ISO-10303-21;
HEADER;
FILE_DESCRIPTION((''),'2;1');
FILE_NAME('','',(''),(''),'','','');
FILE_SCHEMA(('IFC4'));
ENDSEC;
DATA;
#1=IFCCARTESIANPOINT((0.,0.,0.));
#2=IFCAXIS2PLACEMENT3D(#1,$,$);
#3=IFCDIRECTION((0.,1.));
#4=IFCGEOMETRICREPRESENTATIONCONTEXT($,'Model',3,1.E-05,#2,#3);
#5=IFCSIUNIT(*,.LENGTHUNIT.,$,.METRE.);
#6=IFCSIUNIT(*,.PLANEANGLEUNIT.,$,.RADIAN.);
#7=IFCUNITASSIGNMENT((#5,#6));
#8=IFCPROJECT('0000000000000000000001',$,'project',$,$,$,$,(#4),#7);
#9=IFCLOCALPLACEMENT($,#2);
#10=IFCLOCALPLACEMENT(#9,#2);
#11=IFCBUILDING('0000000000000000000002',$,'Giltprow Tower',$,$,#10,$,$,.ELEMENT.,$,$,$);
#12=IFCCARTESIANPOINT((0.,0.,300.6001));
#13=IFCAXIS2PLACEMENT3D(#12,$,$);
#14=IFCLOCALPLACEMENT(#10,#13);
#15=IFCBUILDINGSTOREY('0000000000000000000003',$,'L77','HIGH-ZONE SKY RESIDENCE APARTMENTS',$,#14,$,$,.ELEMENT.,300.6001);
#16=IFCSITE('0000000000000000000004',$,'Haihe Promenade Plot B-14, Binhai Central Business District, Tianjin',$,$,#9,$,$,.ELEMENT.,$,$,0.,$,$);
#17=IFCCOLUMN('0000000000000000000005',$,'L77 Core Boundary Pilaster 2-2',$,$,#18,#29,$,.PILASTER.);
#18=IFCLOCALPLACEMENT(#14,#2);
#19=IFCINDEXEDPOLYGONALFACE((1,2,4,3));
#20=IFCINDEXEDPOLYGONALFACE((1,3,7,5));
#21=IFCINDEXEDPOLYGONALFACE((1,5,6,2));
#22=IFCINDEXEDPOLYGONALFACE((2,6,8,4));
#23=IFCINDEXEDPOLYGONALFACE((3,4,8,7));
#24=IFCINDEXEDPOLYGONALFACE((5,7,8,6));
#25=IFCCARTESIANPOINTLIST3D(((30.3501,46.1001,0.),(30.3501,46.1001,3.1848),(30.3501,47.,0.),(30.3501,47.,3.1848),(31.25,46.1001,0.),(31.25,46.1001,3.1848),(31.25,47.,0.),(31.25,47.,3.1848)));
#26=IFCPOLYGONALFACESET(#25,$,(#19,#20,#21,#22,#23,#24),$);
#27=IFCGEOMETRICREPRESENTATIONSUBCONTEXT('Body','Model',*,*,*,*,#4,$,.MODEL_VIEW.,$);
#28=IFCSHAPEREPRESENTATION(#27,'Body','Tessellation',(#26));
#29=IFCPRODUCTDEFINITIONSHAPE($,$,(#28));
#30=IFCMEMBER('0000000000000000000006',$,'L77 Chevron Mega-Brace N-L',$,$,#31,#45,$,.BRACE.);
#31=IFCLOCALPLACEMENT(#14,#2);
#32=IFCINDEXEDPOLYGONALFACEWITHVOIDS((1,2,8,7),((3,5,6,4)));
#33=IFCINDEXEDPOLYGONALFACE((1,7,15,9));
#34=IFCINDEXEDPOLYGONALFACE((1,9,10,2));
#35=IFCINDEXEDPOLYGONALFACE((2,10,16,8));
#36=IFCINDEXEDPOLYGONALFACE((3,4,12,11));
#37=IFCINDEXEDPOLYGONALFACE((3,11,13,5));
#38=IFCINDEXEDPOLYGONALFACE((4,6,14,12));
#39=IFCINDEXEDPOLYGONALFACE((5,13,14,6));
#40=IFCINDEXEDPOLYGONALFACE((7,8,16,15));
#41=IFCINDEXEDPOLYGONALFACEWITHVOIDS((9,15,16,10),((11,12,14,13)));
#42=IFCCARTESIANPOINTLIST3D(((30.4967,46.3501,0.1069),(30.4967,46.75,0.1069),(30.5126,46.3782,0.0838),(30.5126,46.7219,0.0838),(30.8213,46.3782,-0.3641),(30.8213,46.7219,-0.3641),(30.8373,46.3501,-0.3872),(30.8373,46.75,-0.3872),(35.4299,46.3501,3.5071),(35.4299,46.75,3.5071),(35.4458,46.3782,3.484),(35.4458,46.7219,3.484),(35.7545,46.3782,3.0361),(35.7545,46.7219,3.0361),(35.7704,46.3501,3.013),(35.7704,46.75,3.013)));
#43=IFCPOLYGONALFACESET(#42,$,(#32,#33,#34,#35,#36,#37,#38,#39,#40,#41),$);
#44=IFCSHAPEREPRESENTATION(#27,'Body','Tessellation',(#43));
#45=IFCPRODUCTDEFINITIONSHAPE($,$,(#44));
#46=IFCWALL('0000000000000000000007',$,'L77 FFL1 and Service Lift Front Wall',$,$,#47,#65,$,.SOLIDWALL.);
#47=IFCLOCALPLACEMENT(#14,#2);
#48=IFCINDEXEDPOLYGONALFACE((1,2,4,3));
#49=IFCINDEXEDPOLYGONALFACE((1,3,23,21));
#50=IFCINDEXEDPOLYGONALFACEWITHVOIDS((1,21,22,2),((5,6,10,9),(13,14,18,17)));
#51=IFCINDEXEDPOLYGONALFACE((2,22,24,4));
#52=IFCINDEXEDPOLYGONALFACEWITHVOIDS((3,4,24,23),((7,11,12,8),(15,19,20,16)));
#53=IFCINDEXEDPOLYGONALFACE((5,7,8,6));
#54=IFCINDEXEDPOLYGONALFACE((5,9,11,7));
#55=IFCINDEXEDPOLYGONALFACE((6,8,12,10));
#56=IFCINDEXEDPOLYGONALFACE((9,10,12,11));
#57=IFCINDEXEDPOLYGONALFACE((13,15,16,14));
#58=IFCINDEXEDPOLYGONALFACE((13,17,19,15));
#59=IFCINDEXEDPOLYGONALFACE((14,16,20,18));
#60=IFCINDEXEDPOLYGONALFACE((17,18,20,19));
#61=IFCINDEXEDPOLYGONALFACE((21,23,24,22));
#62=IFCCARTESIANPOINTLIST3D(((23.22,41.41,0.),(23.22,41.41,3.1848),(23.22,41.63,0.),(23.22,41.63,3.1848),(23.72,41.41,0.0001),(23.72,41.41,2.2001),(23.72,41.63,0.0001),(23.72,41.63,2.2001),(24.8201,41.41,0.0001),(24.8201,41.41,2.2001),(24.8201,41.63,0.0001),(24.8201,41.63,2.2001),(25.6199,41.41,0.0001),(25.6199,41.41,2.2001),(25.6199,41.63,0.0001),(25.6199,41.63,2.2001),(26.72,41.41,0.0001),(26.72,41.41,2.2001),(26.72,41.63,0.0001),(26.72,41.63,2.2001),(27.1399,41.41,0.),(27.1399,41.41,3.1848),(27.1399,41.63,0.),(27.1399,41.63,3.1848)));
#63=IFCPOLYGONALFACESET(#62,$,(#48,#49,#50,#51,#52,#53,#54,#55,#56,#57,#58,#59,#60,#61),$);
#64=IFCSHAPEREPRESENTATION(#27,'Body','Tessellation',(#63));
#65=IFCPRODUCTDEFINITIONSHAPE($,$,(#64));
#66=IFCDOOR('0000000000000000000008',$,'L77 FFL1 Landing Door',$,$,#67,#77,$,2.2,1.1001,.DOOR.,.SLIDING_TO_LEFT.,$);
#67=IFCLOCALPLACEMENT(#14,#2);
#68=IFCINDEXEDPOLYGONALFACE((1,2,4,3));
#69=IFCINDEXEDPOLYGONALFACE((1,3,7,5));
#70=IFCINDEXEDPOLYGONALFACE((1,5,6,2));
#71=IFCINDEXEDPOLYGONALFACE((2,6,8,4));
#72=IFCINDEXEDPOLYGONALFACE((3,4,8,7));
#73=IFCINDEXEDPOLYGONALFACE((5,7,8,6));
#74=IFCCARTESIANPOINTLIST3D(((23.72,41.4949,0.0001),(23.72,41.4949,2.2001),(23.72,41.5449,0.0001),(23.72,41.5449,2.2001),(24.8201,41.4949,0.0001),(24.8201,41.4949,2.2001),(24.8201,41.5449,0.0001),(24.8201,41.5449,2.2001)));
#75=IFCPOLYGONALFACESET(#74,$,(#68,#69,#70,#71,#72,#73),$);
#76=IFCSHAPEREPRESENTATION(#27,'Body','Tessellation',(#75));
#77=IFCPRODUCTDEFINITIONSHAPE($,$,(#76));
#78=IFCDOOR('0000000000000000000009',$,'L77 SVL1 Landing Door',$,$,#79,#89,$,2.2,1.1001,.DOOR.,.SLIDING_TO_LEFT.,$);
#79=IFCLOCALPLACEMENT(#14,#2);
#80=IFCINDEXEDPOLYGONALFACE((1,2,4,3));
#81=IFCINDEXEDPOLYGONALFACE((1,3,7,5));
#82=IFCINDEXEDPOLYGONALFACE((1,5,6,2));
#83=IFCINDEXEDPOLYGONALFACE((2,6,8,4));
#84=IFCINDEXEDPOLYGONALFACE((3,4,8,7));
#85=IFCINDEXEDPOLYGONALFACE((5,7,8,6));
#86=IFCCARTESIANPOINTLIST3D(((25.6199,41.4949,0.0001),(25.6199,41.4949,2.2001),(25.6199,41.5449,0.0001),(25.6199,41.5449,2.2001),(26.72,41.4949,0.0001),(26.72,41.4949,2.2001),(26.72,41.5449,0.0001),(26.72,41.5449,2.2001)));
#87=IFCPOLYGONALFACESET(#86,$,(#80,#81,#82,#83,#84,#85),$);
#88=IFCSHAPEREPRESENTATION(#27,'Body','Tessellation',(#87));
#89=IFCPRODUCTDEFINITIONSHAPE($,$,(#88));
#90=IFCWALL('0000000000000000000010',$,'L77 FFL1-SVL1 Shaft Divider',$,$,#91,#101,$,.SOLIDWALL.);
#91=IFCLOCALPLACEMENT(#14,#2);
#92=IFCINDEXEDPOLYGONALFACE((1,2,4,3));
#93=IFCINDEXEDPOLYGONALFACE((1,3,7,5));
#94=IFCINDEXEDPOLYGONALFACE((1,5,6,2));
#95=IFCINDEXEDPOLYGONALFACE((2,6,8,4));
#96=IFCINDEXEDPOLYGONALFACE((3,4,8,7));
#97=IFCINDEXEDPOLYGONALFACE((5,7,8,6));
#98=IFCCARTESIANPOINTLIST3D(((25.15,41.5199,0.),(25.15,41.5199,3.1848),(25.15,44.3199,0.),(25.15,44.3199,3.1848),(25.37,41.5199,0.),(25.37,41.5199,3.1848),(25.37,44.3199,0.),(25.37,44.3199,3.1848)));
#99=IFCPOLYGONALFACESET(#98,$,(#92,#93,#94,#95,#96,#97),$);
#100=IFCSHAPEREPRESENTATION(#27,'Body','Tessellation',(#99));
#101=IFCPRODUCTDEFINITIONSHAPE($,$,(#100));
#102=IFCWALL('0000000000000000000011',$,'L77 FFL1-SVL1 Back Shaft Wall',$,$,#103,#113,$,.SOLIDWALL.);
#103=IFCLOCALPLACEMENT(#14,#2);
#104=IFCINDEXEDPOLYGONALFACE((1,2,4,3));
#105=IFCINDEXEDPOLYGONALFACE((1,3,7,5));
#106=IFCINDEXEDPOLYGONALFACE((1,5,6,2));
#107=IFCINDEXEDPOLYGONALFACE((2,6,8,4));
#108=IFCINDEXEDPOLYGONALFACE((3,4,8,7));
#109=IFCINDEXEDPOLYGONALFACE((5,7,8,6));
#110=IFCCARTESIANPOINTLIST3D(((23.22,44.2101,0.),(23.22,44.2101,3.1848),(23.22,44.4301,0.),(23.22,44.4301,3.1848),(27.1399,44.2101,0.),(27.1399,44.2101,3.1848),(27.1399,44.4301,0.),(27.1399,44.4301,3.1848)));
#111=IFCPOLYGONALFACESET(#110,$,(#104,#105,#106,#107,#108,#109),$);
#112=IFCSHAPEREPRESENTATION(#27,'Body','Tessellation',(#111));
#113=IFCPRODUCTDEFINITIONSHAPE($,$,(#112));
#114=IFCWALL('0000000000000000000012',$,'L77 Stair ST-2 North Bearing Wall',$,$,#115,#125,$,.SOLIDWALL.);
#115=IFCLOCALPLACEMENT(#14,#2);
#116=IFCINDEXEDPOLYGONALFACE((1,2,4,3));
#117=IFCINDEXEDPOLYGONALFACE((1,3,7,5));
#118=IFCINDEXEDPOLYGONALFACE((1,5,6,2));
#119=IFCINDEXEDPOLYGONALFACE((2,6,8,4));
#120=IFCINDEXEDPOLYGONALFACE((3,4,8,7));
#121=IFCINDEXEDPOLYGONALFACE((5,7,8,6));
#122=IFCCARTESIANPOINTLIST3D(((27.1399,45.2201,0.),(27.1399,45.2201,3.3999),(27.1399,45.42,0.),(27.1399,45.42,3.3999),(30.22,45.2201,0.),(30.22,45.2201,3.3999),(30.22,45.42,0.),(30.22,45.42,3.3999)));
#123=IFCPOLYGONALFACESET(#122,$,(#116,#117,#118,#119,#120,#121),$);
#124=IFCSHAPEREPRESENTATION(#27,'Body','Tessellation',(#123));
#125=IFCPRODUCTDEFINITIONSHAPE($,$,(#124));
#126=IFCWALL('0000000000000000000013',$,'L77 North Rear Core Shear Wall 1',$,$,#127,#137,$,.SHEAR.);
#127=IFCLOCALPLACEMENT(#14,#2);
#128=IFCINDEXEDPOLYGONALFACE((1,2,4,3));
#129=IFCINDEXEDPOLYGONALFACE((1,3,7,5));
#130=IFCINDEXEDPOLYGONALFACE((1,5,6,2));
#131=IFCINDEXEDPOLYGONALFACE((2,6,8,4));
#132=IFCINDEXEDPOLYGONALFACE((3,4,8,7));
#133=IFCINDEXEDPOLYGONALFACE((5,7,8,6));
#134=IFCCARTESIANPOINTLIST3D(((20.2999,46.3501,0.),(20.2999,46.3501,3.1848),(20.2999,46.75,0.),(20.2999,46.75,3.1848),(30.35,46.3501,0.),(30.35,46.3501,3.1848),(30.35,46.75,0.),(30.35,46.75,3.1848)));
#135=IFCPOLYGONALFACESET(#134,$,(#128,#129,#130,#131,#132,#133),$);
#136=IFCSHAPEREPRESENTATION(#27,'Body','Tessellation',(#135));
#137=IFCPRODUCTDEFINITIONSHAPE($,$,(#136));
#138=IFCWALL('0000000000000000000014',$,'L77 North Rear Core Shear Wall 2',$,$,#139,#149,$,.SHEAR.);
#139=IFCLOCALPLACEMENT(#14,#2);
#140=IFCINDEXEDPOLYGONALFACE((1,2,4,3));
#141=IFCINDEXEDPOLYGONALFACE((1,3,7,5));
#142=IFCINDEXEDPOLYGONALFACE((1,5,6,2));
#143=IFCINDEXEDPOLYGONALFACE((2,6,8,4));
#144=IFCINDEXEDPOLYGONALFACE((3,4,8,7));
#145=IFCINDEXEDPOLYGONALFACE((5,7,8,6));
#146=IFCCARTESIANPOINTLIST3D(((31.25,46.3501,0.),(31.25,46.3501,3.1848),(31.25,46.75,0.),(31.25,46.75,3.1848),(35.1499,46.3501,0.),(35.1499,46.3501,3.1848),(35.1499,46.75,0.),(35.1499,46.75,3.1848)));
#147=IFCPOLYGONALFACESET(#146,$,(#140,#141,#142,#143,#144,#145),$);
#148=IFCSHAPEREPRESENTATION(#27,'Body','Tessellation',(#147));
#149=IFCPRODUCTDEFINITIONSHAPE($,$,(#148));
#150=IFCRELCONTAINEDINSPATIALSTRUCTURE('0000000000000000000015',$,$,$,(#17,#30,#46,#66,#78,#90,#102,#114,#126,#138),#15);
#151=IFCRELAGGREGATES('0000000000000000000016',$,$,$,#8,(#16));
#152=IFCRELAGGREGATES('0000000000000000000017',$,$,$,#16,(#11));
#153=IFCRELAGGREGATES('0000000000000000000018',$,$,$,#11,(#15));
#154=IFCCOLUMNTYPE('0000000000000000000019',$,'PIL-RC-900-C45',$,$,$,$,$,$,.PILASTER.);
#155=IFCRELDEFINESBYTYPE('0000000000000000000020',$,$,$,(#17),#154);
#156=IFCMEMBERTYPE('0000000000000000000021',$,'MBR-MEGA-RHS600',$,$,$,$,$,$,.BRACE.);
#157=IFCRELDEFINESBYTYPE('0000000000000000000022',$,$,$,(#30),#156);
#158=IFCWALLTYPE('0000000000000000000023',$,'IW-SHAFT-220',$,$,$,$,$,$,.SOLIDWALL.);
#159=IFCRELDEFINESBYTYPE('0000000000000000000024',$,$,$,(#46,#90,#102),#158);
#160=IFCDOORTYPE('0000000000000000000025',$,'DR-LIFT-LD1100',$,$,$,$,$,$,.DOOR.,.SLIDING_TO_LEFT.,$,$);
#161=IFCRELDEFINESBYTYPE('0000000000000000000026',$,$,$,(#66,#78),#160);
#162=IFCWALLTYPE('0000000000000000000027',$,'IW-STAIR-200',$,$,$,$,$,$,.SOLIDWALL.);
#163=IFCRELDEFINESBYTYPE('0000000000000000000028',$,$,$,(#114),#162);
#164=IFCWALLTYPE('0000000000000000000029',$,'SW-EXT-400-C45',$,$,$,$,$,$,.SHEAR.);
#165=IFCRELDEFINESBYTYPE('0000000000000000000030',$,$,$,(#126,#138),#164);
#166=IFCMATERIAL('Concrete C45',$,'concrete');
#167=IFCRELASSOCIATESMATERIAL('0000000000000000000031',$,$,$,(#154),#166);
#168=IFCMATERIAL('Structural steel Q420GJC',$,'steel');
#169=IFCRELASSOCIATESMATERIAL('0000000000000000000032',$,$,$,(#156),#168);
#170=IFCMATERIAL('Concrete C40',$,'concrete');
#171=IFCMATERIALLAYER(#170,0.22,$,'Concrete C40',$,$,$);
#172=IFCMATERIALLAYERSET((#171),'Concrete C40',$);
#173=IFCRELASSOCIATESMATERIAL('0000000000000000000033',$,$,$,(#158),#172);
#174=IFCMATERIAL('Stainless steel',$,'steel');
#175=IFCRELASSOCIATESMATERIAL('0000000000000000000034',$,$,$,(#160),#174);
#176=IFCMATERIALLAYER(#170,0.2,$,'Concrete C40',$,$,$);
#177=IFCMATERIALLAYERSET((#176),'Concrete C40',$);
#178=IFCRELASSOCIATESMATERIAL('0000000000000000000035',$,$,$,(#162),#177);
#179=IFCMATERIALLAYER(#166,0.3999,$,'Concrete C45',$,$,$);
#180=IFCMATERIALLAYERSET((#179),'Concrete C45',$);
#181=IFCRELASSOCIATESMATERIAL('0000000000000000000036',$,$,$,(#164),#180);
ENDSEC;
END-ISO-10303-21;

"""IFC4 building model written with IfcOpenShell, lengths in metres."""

from ifc_helpers import new_model, si_unit, direction, frame, frame_2d, origin, origin_2d, place, context, subcontext, project, spatial, rectangle, hollow_rectangle, extrude, source, transform, mapped, material, layer, layer_set, material_profile, profile_set, type_object, element, fill, save


model = new_model("IFC4")

# Units and contexts
model_context = context("Model", 3, precision=1e-05, world=origin(), true_north=direction((0.0, 1.0)))
body_context = subcontext(model_context, "Body", "Model", "MODEL_VIEW")
ifc_project = project(units=[si_unit("LENGTHUNIT", "METRE"), si_unit("PLANEANGLEUNIT", "RADIAN")], contexts=[model_context])

# Site, building, storey
site_placement = place(None, origin())
site = spatial("IfcSite", under=ifc_project, at=site_placement, Name="Haihe Promenade Plot B-14, Binhai Central Business District, Tianjin", CompositionType="ELEMENT", RefElevation=0.0)
building_placement = place(site_placement, origin())
building = spatial("IfcBuilding", under=site, at=building_placement, Name="Giltprow Tower", CompositionType="ELEMENT")
storey_placement = place(building_placement, frame((0.0, 0.0, 300.6001)))
storey = spatial("IfcBuildingStorey", under=building, at=storey_placement, Name="L77", Description="HIGH-ZONE SKY RESIDENCE APARTMENTS", CompositionType="ELEMENT", Elevation=300.6001)

# Column
ifc_material_1 = material(Name="Concrete C45", Category="concrete")
ifc_material_profile_1 = material_profile(ifc_material_1, rectangle(XDim=0.8999, YDim=0.8999, at=origin_2d()), Name="RC 900x900")
ifc_profile_set_1 = profile_set([ifc_material_profile_1], Name="Concrete C45")
column_type = type_object("IfcColumnType", Name="PIL-RC-900-C45", PredefinedType="PILASTER", material=ifc_profile_set_1)
shared_shape_1 = source(origin(), body_context, "Body", "SweptSolid", [
    extrude(rectangle(XDim=0.8999, YDim=0.8999, at=origin_2d()), origin(), (0.0, 0.0, 1.0), 3.1848),
])
column_placement = place(storey_placement, frame((30.8, 46.55, 0.0), z_axis=(0.0, 0.0, 1.0), x_axis=(1.0, 0.0, 0.0)))
element("IfcColumn", 1, at=column_placement, inside=storey, type_object=column_type, Name="L77 Core Boundary Pilaster 2-2", PredefinedType="PILASTER", context=body_context, shape_type="MappedRepresentation", body=[
    mapped(shared_shape_1, transform((0.0, 0.0, 0.0), x_axis=(1.0, 0.0, 0.0), y_axis=(0.0, 1.0, 0.0), z_axis=(0.0, 0.0, 1.0), scale=1.0)),
])

# Member
ifc_material_2 = material(Name="Structural steel Q420GJC", Category="steel")
ifc_material_profile_2 = material_profile(ifc_material_2, hollow_rectangle(XDim=0.3999, YDim=0.6001, WallThickness=0.0281, at=origin_2d()), Name="RHS 600x400x28")
ifc_profile_set_2 = profile_set([ifc_material_profile_2], Name="Structural steel Q420GJC")
member_type = type_object("IfcMemberType", Name="MBR-MEGA-RHS600", PredefinedType="BRACE", material=ifc_profile_set_2)
shared_shape_2 = source(origin(), body_context, "Body", "SweptSolid", [
    extrude(hollow_rectangle(XDim=0.3999, YDim=0.6001, WallThickness=0.0281, at=origin_2d()), origin(), (0.0, 0.0, 1.0), 5.9915),
])
member_placement = place(storey_placement, frame((30.667, 46.55, -0.1401), z_axis=(0.823368, 0.0, 0.567507), x_axis=(0.0, 1.0, 0.0)))
element("IfcMember", 2, at=member_placement, inside=storey, type_object=member_type, Name="L77 Chevron Mega-Brace N-L", PredefinedType="BRACE", context=body_context, shape_type="MappedRepresentation", body=[
    mapped(shared_shape_2, transform((0.0, 0.0, 0.0), x_axis=(1.0, 0.0, 0.0), y_axis=(0.0, 1.0, 0.0), z_axis=(0.0, 0.0, 1.0), scale=1.0)),
])

# Wall, openings, doors
ifc_material_3 = material(Name="Concrete C40", Category="concrete")
ifc_layer_1 = layer(ifc_material_3, 0.22, Name="Concrete C40")
ifc_layer_set_1 = layer_set([ifc_layer_1], Name="Concrete C40")
wall_type_1 = type_object("IfcWallType", Name="IW-SHAFT-220", PredefinedType="SOLIDWALL", material=ifc_layer_set_1)
wall_1_placement = place(storey_placement, frame((23.22, 41.52, 0.0), z_axis=(0.0, 0.0, 1.0), x_axis=(1.0, 0.0, 0.0)))
wall_1 = element("IfcWall", 3, at=wall_1_placement, inside=storey, type_object=wall_type_1, Name="L77 FFL1 and Service Lift Front Wall", PredefinedType="SOLIDWALL", context=body_context, shape_type="SweptSolid", body=[
    extrude(rectangle(XDim=3.9199, YDim=0.22, at=frame_2d((1.96, 0.0))), origin(), (0.0, 0.0, 1.0), 3.1848),
])
opening_1_placement = place(wall_1_placement, frame((0.5, 0.0, 0.0)))
opening_1 = element("IfcOpeningElement", 4, at=opening_1_placement, cuts=wall_1, PredefinedType="OPENING", context=body_context, shape_type="SweptSolid", body=[
    extrude(rectangle(XDim=1.1001, YDim=2.2, at=frame_2d((0.55, 1.1001))), frame((0.0, 0.1199, 0.0), z_axis=(0.0, -1.0, 0.0), x_axis=(1.0, 0.0, 0.0)), (0.0, 0.0, 1.0), 0.24),
])
opening_2_placement = place(wall_1_placement, frame((2.3999, 0.0, 0.0)))
opening_2 = element("IfcOpeningElement", 5, at=opening_2_placement, cuts=wall_1, PredefinedType="OPENING", context=body_context, shape_type="SweptSolid", body=[
    extrude(rectangle(XDim=1.1001, YDim=2.2, at=frame_2d((0.55, 1.1001))), frame((0.0, 0.1199, 0.0), z_axis=(0.0, -1.0, 0.0), x_axis=(1.0, 0.0, 0.0)), (0.0, 0.0, 1.0), 0.24),
])
ifc_material_4 = material(Name="Stainless steel", Category="steel")
door_type = type_object("IfcDoorType", Name="DR-LIFT-LD1100", OperationType="SLIDING_TO_LEFT", PredefinedType="DOOR", material=ifc_material_4)
shared_shape_3 = source(origin(), body_context, "Body", "SweptSolid", [
    extrude(rectangle(XDim=1.1001, YDim=2.2, at=frame_2d((0.55, 1.1001))), frame((0.0, 0.0249, 0.0), z_axis=(0.0, -1.0, 0.0), x_axis=(1.0, 0.0, 0.0)), (0.0, 0.0, 1.0), 0.05),
])
door_1_placement = place(opening_1_placement, origin())
door_1 = element("IfcDoor", 6, at=door_1_placement, inside=storey, type_object=door_type, Name="L77 FFL1 Landing Door", OperationType="SLIDING_TO_LEFT", OverallHeight=2.2, OverallWidth=1.1001, PredefinedType="DOOR", context=body_context, shape_type="MappedRepresentation", body=[
    mapped(shared_shape_3, transform((0.0, 0.0, 0.0), x_axis=(1.0, 0.0, 0.0), y_axis=(0.0, 1.0, 0.0), z_axis=(0.0, 0.0, 1.0), scale=1.0)),
])
fill(opening_1, door_1)
door_2_placement = place(opening_2_placement, origin())
door_2 = element("IfcDoor", 7, at=door_2_placement, inside=storey, type_object=door_type, Name="L77 SVL1 Landing Door", OperationType="SLIDING_TO_LEFT", OverallHeight=2.2, OverallWidth=1.1001, PredefinedType="DOOR", context=body_context, shape_type="MappedRepresentation", body=[
    mapped(shared_shape_3, transform((0.0, 0.0, 0.0), x_axis=(1.0, 0.0, 0.0), y_axis=(0.0, 1.0, 0.0), z_axis=(0.0, 0.0, 1.0), scale=1.0)),
])
fill(opening_2, door_2)

# Walls
wall_2_placement = place(storey_placement, frame((25.26, 41.52, 0.0), z_axis=(0.0, 0.0, 1.0), x_axis=(0.0, 1.0, 0.0)))
element("IfcWall", 8, at=wall_2_placement, inside=storey, type_object=wall_type_1, Name="L77 FFL1-SVL1 Shaft Divider", PredefinedType="SOLIDWALL", context=body_context, shape_type="SweptSolid", body=[
    extrude(rectangle(XDim=2.8, YDim=0.22, at=frame_2d((1.3999, 0.0))), origin(), (0.0, 0.0, 1.0), 3.1848),
])
wall_3_placement = place(storey_placement, frame((23.22, 44.3201, 0.0), z_axis=(0.0, 0.0, 1.0), x_axis=(1.0, 0.0, 0.0)))
element("IfcWall", 9, at=wall_3_placement, inside=storey, type_object=wall_type_1, Name="L77 FFL1-SVL1 Back Shaft Wall", PredefinedType="SOLIDWALL", context=body_context, shape_type="SweptSolid", body=[
    extrude(rectangle(XDim=3.9199, YDim=0.22, at=frame_2d((1.96, 0.0))), origin(), (0.0, 0.0, 1.0), 3.1848),
])
ifc_layer_2 = layer(ifc_material_3, 0.2, Name="Concrete C40")
ifc_layer_set_2 = layer_set([ifc_layer_2], Name="Concrete C40")
wall_type_2 = type_object("IfcWallType", Name="IW-STAIR-200", PredefinedType="SOLIDWALL", material=ifc_layer_set_2)
wall_4_placement = place(storey_placement, frame((27.1399, 45.3201, 0.0), z_axis=(0.0, 0.0, 1.0), x_axis=(1.0, 0.0, 0.0)))
element("IfcWall", 10, at=wall_4_placement, inside=storey, type_object=wall_type_2, Name="L77 Stair ST-2 North Bearing Wall", PredefinedType="SOLIDWALL", context=body_context, shape_type="SweptSolid", body=[
    extrude(rectangle(XDim=3.0801, YDim=0.2, at=frame_2d((1.54, 0.0))), origin(), (0.0, 0.0, 1.0), 3.3999),
])
ifc_layer_3 = layer(ifc_material_1, 0.3999, Name="Concrete C45")
ifc_layer_set_3 = layer_set([ifc_layer_3], Name="Concrete C45")
wall_type_3 = type_object("IfcWallType", Name="SW-EXT-400-C45", PredefinedType="SHEAR", material=ifc_layer_set_3)
wall_5_placement = place(storey_placement, frame((20.3, 46.55, 0.0), z_axis=(0.0, 0.0, 1.0), x_axis=(1.0, 0.0, 0.0)))
element("IfcWall", 11, at=wall_5_placement, inside=storey, type_object=wall_type_3, Name="L77 North Rear Core Shear Wall 1", PredefinedType="SHEAR", context=body_context, shape_type="SweptSolid", body=[
    extrude(rectangle(XDim=10.05, YDim=0.3999, at=frame_2d((5.0249, 0.0))), origin(), (0.0, 0.0, 1.0), 3.1848),
])
wall_6_placement = place(storey_placement, frame((31.25, 46.55, 0.0), z_axis=(0.0, 0.0, 1.0), x_axis=(1.0, 0.0, 0.0)))
element("IfcWall", 12, at=wall_6_placement, inside=storey, type_object=wall_type_3, Name="L77 North Rear Core Shear Wall 2", PredefinedType="SHEAR", context=body_context, shape_type="SweptSolid", body=[
    extrude(rectangle(XDim=3.8999, YDim=0.3999, at=frame_2d((1.95, 0.0))), origin(), (0.0, 0.0, 1.0), 3.1848),
])

save(model, "model.ifc")
